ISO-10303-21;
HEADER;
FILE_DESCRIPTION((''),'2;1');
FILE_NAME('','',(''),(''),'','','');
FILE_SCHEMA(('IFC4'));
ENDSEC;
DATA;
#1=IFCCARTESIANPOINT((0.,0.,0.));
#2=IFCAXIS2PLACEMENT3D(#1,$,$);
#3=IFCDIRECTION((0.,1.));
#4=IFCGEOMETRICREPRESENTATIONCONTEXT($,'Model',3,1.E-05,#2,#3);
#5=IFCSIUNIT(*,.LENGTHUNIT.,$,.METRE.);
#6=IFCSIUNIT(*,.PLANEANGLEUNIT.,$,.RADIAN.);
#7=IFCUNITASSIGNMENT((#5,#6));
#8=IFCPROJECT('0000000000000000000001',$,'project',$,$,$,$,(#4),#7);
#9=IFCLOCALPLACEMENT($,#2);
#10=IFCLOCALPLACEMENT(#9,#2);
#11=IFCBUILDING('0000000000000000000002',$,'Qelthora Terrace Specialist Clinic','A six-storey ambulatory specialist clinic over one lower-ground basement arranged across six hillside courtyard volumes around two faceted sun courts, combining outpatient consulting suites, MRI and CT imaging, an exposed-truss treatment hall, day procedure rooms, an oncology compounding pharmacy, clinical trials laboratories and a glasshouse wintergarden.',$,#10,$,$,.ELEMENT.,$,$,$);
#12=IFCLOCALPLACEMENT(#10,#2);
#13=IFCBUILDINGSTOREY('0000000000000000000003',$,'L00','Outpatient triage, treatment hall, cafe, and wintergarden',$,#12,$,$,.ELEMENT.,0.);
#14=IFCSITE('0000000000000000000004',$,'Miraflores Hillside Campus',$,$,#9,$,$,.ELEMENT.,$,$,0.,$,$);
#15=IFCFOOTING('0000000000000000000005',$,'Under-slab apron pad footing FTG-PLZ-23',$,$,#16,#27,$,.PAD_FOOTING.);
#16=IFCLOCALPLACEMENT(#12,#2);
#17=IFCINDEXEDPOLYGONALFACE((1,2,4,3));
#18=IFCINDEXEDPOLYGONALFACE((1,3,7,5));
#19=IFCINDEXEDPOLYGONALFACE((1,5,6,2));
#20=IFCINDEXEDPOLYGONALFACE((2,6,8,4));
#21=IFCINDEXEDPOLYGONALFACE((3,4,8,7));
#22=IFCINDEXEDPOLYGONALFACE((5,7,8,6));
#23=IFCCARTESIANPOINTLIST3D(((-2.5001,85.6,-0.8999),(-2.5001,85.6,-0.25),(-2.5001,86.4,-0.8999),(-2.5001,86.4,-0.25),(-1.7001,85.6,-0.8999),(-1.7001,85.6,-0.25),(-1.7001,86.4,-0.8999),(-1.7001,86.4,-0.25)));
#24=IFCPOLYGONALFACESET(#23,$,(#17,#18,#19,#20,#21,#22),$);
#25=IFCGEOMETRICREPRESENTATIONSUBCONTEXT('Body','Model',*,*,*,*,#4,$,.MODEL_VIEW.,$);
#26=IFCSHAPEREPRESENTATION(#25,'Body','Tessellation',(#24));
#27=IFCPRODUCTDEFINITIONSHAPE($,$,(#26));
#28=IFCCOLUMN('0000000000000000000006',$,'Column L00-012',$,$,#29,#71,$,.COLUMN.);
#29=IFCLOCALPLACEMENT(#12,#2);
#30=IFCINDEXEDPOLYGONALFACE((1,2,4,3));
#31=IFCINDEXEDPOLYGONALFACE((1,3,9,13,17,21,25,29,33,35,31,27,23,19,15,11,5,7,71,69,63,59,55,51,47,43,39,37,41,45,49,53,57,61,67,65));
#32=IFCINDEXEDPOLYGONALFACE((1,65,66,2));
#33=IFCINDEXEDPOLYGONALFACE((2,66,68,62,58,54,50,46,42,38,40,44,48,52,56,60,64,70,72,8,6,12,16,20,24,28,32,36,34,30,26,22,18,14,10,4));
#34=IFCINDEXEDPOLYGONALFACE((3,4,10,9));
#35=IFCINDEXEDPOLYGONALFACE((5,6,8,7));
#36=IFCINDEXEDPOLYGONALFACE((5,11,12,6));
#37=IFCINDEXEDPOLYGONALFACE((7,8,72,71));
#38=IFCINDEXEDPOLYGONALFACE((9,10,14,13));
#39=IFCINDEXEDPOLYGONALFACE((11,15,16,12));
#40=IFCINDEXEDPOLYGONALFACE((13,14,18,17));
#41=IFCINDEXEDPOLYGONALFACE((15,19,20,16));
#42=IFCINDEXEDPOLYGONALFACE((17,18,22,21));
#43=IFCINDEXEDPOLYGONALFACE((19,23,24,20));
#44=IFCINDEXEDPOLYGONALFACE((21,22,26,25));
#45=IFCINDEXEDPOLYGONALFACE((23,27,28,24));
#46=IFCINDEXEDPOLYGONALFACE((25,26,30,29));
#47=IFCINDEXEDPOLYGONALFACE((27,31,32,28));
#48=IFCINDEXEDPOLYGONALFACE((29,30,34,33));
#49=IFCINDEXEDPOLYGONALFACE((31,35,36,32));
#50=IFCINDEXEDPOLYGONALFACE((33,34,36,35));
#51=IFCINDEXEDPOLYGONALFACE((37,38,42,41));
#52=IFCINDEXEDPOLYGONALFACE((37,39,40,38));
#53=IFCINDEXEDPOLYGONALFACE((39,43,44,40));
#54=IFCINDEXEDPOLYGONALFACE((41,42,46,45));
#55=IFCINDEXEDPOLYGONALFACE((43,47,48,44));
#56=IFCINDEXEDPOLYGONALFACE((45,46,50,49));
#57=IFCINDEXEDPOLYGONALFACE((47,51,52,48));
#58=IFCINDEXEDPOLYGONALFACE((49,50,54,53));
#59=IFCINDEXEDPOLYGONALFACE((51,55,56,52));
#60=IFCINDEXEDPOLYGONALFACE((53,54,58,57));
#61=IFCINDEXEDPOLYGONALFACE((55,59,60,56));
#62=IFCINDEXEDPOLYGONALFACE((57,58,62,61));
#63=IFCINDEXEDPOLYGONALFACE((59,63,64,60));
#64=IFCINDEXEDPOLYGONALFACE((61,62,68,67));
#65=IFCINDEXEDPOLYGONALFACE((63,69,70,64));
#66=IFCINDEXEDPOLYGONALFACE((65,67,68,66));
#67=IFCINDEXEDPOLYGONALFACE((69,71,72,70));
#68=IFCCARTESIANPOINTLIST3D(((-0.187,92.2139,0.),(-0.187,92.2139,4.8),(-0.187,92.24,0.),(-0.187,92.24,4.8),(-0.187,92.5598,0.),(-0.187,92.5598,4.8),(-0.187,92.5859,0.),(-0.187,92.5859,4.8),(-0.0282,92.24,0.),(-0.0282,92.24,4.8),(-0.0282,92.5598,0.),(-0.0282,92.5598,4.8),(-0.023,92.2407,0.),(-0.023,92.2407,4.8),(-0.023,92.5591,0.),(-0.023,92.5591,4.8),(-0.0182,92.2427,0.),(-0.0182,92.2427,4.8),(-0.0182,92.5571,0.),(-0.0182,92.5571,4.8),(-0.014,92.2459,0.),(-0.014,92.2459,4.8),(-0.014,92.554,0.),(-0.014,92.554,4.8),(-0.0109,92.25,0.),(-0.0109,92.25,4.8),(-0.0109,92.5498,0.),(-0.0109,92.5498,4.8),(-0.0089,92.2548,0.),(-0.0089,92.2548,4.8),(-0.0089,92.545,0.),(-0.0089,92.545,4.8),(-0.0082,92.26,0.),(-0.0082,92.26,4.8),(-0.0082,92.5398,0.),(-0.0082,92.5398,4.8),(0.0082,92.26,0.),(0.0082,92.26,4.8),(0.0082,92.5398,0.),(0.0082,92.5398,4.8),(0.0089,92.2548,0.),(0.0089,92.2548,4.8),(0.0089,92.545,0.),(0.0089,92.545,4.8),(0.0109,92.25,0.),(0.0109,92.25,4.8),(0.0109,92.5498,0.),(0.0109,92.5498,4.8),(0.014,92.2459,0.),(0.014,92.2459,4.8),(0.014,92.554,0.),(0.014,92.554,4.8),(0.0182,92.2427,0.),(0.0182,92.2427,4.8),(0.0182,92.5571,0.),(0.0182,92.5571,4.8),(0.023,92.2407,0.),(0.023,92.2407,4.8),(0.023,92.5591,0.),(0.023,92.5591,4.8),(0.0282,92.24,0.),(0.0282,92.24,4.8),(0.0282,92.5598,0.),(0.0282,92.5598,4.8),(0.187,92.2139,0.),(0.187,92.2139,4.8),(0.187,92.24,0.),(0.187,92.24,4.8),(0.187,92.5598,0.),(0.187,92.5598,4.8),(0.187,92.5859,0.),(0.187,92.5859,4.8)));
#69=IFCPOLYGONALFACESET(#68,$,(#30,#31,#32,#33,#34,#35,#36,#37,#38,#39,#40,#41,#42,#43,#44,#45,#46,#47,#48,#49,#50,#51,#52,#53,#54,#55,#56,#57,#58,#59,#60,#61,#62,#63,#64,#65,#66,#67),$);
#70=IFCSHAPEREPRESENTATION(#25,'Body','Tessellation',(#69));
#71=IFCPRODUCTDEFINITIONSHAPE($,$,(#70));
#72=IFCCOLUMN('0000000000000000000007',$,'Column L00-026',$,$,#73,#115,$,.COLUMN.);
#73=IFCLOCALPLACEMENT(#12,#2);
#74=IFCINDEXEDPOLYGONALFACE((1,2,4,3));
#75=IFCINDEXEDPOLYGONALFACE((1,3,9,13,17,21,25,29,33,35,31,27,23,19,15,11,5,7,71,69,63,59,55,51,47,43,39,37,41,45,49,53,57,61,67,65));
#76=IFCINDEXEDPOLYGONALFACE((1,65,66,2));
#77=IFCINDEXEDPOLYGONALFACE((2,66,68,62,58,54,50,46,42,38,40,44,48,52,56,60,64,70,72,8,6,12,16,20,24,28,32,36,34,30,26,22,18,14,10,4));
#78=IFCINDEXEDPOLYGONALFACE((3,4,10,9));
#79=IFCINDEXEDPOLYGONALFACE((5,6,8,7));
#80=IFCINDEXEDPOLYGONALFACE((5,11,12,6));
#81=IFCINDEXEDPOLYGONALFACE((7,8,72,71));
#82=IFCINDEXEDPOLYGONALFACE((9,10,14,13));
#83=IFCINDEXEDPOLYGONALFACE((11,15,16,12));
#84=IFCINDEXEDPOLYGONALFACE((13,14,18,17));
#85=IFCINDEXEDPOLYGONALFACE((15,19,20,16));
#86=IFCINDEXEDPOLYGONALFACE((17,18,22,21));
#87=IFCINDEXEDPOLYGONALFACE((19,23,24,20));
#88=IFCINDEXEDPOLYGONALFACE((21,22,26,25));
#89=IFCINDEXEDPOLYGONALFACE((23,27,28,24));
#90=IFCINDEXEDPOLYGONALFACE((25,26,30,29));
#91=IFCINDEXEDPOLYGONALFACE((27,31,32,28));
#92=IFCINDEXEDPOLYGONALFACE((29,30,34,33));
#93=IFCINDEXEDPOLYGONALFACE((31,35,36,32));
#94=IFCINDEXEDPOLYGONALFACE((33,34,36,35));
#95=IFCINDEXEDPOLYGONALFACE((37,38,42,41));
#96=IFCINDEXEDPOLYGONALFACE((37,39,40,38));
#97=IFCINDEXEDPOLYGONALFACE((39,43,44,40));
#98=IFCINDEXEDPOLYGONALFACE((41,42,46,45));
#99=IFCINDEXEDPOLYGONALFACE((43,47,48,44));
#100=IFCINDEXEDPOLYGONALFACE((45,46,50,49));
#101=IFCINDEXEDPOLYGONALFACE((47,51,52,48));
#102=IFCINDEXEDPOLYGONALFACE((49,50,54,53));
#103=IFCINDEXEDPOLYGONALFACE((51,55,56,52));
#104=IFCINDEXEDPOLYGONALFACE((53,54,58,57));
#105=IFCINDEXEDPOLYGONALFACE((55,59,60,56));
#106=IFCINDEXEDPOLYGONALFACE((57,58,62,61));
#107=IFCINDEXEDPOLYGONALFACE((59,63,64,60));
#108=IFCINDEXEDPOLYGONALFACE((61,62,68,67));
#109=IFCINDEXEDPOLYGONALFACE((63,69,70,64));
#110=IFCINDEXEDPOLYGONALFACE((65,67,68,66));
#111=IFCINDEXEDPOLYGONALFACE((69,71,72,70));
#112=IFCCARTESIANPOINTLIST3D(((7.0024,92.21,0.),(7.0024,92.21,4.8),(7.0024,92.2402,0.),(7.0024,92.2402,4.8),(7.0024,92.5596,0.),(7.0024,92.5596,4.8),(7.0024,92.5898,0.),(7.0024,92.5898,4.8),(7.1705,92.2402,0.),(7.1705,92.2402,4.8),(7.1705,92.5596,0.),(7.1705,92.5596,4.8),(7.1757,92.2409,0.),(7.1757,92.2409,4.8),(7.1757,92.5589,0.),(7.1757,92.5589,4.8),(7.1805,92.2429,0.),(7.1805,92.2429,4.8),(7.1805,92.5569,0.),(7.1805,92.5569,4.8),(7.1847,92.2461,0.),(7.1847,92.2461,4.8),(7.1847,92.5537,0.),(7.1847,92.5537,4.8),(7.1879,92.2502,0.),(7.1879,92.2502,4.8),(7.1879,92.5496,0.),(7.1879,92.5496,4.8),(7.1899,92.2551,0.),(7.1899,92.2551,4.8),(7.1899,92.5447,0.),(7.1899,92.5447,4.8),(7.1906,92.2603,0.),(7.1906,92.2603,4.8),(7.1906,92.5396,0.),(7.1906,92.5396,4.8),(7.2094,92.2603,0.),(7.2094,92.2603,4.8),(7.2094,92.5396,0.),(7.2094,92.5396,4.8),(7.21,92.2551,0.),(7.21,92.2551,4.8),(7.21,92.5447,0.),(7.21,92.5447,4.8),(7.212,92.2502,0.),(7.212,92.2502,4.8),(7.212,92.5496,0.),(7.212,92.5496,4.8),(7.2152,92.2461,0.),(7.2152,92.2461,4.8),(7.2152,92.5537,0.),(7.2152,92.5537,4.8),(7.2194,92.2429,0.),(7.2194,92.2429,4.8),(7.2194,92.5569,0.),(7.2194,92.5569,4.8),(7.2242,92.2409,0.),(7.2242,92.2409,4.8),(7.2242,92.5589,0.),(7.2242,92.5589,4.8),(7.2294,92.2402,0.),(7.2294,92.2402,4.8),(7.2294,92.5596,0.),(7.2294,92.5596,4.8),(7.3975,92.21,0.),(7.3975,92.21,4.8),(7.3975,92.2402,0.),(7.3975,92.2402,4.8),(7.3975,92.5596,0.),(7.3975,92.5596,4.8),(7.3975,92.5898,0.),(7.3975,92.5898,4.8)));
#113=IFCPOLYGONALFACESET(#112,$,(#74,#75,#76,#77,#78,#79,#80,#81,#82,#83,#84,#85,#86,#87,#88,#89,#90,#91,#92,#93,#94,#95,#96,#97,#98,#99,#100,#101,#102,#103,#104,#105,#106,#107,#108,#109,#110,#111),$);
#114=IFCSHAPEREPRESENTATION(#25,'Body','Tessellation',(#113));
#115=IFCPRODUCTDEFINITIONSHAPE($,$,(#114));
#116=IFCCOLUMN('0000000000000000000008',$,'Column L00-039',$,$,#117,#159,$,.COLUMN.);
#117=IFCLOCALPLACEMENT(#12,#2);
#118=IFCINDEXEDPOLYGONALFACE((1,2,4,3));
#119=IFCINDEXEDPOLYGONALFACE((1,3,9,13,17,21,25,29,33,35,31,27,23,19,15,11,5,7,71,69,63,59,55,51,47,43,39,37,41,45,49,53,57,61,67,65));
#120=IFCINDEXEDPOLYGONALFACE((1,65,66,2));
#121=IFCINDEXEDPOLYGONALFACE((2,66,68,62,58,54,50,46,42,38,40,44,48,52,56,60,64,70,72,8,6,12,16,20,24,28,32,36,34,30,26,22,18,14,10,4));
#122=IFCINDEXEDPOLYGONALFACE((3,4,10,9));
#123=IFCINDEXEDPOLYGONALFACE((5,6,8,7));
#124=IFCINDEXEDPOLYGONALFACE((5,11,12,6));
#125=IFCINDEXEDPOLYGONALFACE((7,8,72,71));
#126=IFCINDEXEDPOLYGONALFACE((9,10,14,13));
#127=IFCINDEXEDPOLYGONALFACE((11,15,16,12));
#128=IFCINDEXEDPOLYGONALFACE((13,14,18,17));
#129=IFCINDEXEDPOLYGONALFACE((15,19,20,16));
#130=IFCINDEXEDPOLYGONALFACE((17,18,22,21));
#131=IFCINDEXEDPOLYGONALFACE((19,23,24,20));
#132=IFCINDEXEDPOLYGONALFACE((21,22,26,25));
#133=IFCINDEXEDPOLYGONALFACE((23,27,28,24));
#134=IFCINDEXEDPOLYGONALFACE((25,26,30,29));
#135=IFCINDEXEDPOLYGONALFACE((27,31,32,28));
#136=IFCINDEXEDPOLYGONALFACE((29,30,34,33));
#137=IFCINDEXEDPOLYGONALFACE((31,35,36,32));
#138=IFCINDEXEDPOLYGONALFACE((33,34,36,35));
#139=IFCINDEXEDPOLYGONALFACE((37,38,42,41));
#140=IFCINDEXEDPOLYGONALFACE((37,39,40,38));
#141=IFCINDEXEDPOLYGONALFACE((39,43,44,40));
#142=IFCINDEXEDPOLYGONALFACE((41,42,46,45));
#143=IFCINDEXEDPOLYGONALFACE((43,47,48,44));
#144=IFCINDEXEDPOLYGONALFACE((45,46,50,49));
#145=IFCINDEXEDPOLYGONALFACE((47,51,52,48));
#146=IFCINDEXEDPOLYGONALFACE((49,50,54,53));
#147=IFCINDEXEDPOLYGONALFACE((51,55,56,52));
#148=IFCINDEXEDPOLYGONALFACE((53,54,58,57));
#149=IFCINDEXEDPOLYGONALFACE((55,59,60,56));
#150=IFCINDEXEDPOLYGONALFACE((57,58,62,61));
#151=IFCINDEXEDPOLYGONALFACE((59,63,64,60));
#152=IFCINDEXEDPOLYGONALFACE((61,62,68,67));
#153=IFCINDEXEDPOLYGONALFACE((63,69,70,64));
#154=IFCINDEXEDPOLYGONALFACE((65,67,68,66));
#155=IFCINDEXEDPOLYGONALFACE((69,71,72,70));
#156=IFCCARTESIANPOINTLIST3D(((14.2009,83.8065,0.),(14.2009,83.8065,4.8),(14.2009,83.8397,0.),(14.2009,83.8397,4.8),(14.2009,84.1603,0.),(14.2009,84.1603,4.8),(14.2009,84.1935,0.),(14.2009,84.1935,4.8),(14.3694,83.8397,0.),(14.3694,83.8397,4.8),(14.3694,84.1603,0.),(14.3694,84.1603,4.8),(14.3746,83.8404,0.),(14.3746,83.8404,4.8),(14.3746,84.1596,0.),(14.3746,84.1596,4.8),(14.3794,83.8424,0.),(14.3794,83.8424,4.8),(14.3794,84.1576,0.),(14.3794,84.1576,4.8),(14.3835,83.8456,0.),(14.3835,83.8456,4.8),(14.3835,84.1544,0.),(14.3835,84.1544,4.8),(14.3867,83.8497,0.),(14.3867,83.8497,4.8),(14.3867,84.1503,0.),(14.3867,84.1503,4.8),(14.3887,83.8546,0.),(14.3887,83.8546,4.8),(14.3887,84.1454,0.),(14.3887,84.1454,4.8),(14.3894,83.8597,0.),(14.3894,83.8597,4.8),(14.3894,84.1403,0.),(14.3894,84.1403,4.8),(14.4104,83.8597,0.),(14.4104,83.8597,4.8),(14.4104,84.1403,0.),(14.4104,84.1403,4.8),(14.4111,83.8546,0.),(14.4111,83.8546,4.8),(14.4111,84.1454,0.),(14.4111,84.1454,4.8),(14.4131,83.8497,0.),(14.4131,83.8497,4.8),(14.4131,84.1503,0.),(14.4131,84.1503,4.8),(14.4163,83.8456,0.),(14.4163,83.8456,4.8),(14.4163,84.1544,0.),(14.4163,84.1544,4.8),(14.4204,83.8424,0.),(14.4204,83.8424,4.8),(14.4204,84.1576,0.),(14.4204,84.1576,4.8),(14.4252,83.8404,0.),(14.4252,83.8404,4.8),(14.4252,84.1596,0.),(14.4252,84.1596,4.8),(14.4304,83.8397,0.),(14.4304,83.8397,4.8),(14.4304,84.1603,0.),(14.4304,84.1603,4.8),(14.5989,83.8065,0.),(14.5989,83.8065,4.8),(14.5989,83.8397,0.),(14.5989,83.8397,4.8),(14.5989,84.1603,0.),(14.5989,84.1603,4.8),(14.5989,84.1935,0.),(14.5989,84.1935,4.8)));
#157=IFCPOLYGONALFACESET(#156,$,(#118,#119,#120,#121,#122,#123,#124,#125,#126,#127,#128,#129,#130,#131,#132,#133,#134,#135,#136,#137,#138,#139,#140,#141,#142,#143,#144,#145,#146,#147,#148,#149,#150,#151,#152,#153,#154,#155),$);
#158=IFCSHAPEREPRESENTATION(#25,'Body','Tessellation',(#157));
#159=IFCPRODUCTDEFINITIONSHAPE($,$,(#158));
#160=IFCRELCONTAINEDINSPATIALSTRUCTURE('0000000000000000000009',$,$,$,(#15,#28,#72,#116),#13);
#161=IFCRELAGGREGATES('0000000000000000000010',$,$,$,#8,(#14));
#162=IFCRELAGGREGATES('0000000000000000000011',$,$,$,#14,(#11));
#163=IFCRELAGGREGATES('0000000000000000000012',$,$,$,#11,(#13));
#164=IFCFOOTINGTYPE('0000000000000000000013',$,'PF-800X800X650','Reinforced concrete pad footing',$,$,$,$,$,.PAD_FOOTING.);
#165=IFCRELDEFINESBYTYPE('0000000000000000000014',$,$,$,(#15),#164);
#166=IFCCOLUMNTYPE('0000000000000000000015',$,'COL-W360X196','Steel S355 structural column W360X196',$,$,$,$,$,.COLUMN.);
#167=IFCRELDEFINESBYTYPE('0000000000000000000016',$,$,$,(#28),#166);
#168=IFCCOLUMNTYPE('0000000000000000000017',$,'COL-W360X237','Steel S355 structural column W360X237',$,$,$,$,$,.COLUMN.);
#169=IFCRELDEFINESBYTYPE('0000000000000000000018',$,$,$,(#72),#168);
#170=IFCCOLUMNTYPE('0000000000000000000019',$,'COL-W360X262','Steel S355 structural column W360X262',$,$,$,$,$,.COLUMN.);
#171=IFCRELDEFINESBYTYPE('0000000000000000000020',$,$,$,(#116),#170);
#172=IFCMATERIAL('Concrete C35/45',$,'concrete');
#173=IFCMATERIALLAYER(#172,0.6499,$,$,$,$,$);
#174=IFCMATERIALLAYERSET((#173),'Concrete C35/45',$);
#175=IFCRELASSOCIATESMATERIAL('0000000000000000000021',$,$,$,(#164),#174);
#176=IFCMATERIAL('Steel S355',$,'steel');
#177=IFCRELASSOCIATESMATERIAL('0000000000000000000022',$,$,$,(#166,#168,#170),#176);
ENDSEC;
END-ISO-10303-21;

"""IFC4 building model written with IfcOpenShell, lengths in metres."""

from ifc_helpers import new_model, si_unit, direction, frame, origin, origin_2d, place, context, subcontext, project, spatial, rectangle, i_section, extrude, material, layer, layer_set, material_profile, profile_set, type_object, element, save


model = new_model("IFC4")

# Units and contexts
model_context = context("Model", 3, precision=1e-05, world=origin(), true_north=direction((0.0, 1.0)))
body_context = subcontext(model_context, "Body", "Model", "MODEL_VIEW")
ifc_project = project(units=[si_unit("LENGTHUNIT", "METRE"), si_unit("PLANEANGLEUNIT", "RADIAN")], contexts=[model_context])

# Site, building, storey
site_placement = place(None, origin())
site = spatial("IfcSite", under=ifc_project, at=site_placement, Name="Miraflores Hillside Campus", CompositionType="ELEMENT", RefElevation=0.0)
building_placement = place(site_placement, origin())
building = spatial("IfcBuilding", under=site, at=building_placement, Name="Qelthora Terrace Specialist Clinic", Description="A six-storey ambulatory specialist clinic over one lower-ground basement arranged across six hillside courtyard volumes around two faceted sun courts, combining outpatient consulting suites, MRI and CT imaging, an exposed-truss treatment hall, day procedure rooms, an oncology compounding pharmacy, clinical trials laboratories and a glasshouse wintergarden.", CompositionType="ELEMENT")
storey_placement = place(building_placement, origin())
storey = spatial("IfcBuildingStorey", under=building, at=storey_placement, Name="L00", Description="Outpatient triage, treatment hall, cafe, and wintergarden", CompositionType="ELEMENT", Elevation=0.0)

# Footing
ifc_material_1 = material(Name="Concrete C35/45", Category="concrete")
ifc_layer_1 = layer(ifc_material_1, 0.6499)
ifc_layer_set_1 = layer_set([ifc_layer_1], Name="Concrete C35/45")
footing_type = type_object("IfcFootingType", Name="PF-800X800X650", Description="Reinforced concrete pad footing", PredefinedType="PAD_FOOTING", material=ifc_layer_set_1)
footing_placement = place(storey_placement, frame((-2.1001, 86.0, -0.8999), z_axis=(0.0, 0.0, 1.0), x_axis=(1.0, 0.0, 0.0)))
element("IfcFooting", 1, at=footing_placement, inside=storey, type_object=footing_type, Name="Under-slab apron pad footing FTG-PLZ-23", PredefinedType="PAD_FOOTING", context=body_context, shape_type="SweptSolid", body=[
    extrude(rectangle(XDim=0.8, YDim=0.8, at=origin_2d()), origin(), (0.0, 0.0, 1.0), 0.6499),
])

# Columns
ifc_material_2 = material(Name="Steel S355", Category="steel")
ifc_material_profile_1 = material_profile(ifc_material_2, i_section(OverallWidth=0.374, OverallDepth=0.3721, WebThickness=0.0164, FlangeThickness=0.0261, FilletRadius=0.02, at=origin_2d()), Name="W360X196")
ifc_profile_set_1 = profile_set([ifc_material_profile_1], Name="Steel S355")
column_type_1 = type_object("IfcColumnType", Name="COL-W360X196", Description="Steel S355 structural column W360X196", PredefinedType="COLUMN", material=ifc_profile_set_1)
column_1_placement = place(storey_placement, frame((0.0, 92.3999, 0.0), z_axis=(0.0, 0.0, 1.0), x_axis=(1.0, 0.0, 0.0)))
element("IfcColumn", 2, at=column_1_placement, inside=storey, type_object=column_type_1, Name="Column L00-012", PredefinedType="COLUMN", context=body_context, shape_type="SweptSolid", body=[
    extrude(i_section(OverallWidth=0.374, OverallDepth=0.3721, WebThickness=0.0164, FlangeThickness=0.0261, FilletRadius=0.02, at=origin_2d()), origin(), (0.0, 0.0, 1.0), 4.8),
])
ifc_material_profile_2 = material_profile(ifc_material_2, i_section(OverallWidth=0.395, OverallDepth=0.3799, WebThickness=0.0188, FlangeThickness=0.0303, FilletRadius=0.02, at=origin_2d()), Name="W360X237")
ifc_profile_set_2 = profile_set([ifc_material_profile_2], Name="Steel S355")
column_type_2 = type_object("IfcColumnType", Name="COL-W360X237", Description="Steel S355 structural column W360X237", PredefinedType="COLUMN", material=ifc_profile_set_2)
column_2_placement = place(storey_placement, frame((7.2, 92.3999, 0.0), z_axis=(0.0, 0.0, 1.0), x_axis=(1.0, 0.0, 0.0)))
element("IfcColumn", 3, at=column_2_placement, inside=storey, type_object=column_type_2, Name="Column L00-026", PredefinedType="COLUMN", context=body_context, shape_type="SweptSolid", body=[
    extrude(i_section(OverallWidth=0.395, OverallDepth=0.3799, WebThickness=0.0188, FlangeThickness=0.0303, FilletRadius=0.02, at=origin_2d()), origin(), (0.0, 0.0, 1.0), 4.8),
])
ifc_material_profile_3 = material_profile(ifc_material_2, i_section(OverallWidth=0.3979, OverallDepth=0.387, WebThickness=0.021, FlangeThickness=0.0332, FilletRadius=0.02, at=origin_2d()), Name="W360X262")
ifc_profile_set_3 = profile_set([ifc_material_profile_3], Name="Steel S355")
column_type_3 = type_object("IfcColumnType", Name="COL-W360X262", Description="Steel S355 structural column W360X262", PredefinedType="COLUMN", material=ifc_profile_set_3)
column_3_placement = place(storey_placement, frame((14.3999, 84.0, 0.0), z_axis=(0.0, 0.0, 1.0), x_axis=(1.0, 0.0, 0.0)))
element("IfcColumn", 4, at=column_3_placement, inside=storey, type_object=column_type_3, Name="Column L00-039", PredefinedType="COLUMN", context=body_context, shape_type="SweptSolid", body=[
    extrude(i_section(OverallWidth=0.3979, OverallDepth=0.387, WebThickness=0.021, FlangeThickness=0.0332, FilletRadius=0.02, at=origin_2d()), origin(), (0.0, 0.0, 1.0), 4.8),
])

save(model, "model.ifc")
